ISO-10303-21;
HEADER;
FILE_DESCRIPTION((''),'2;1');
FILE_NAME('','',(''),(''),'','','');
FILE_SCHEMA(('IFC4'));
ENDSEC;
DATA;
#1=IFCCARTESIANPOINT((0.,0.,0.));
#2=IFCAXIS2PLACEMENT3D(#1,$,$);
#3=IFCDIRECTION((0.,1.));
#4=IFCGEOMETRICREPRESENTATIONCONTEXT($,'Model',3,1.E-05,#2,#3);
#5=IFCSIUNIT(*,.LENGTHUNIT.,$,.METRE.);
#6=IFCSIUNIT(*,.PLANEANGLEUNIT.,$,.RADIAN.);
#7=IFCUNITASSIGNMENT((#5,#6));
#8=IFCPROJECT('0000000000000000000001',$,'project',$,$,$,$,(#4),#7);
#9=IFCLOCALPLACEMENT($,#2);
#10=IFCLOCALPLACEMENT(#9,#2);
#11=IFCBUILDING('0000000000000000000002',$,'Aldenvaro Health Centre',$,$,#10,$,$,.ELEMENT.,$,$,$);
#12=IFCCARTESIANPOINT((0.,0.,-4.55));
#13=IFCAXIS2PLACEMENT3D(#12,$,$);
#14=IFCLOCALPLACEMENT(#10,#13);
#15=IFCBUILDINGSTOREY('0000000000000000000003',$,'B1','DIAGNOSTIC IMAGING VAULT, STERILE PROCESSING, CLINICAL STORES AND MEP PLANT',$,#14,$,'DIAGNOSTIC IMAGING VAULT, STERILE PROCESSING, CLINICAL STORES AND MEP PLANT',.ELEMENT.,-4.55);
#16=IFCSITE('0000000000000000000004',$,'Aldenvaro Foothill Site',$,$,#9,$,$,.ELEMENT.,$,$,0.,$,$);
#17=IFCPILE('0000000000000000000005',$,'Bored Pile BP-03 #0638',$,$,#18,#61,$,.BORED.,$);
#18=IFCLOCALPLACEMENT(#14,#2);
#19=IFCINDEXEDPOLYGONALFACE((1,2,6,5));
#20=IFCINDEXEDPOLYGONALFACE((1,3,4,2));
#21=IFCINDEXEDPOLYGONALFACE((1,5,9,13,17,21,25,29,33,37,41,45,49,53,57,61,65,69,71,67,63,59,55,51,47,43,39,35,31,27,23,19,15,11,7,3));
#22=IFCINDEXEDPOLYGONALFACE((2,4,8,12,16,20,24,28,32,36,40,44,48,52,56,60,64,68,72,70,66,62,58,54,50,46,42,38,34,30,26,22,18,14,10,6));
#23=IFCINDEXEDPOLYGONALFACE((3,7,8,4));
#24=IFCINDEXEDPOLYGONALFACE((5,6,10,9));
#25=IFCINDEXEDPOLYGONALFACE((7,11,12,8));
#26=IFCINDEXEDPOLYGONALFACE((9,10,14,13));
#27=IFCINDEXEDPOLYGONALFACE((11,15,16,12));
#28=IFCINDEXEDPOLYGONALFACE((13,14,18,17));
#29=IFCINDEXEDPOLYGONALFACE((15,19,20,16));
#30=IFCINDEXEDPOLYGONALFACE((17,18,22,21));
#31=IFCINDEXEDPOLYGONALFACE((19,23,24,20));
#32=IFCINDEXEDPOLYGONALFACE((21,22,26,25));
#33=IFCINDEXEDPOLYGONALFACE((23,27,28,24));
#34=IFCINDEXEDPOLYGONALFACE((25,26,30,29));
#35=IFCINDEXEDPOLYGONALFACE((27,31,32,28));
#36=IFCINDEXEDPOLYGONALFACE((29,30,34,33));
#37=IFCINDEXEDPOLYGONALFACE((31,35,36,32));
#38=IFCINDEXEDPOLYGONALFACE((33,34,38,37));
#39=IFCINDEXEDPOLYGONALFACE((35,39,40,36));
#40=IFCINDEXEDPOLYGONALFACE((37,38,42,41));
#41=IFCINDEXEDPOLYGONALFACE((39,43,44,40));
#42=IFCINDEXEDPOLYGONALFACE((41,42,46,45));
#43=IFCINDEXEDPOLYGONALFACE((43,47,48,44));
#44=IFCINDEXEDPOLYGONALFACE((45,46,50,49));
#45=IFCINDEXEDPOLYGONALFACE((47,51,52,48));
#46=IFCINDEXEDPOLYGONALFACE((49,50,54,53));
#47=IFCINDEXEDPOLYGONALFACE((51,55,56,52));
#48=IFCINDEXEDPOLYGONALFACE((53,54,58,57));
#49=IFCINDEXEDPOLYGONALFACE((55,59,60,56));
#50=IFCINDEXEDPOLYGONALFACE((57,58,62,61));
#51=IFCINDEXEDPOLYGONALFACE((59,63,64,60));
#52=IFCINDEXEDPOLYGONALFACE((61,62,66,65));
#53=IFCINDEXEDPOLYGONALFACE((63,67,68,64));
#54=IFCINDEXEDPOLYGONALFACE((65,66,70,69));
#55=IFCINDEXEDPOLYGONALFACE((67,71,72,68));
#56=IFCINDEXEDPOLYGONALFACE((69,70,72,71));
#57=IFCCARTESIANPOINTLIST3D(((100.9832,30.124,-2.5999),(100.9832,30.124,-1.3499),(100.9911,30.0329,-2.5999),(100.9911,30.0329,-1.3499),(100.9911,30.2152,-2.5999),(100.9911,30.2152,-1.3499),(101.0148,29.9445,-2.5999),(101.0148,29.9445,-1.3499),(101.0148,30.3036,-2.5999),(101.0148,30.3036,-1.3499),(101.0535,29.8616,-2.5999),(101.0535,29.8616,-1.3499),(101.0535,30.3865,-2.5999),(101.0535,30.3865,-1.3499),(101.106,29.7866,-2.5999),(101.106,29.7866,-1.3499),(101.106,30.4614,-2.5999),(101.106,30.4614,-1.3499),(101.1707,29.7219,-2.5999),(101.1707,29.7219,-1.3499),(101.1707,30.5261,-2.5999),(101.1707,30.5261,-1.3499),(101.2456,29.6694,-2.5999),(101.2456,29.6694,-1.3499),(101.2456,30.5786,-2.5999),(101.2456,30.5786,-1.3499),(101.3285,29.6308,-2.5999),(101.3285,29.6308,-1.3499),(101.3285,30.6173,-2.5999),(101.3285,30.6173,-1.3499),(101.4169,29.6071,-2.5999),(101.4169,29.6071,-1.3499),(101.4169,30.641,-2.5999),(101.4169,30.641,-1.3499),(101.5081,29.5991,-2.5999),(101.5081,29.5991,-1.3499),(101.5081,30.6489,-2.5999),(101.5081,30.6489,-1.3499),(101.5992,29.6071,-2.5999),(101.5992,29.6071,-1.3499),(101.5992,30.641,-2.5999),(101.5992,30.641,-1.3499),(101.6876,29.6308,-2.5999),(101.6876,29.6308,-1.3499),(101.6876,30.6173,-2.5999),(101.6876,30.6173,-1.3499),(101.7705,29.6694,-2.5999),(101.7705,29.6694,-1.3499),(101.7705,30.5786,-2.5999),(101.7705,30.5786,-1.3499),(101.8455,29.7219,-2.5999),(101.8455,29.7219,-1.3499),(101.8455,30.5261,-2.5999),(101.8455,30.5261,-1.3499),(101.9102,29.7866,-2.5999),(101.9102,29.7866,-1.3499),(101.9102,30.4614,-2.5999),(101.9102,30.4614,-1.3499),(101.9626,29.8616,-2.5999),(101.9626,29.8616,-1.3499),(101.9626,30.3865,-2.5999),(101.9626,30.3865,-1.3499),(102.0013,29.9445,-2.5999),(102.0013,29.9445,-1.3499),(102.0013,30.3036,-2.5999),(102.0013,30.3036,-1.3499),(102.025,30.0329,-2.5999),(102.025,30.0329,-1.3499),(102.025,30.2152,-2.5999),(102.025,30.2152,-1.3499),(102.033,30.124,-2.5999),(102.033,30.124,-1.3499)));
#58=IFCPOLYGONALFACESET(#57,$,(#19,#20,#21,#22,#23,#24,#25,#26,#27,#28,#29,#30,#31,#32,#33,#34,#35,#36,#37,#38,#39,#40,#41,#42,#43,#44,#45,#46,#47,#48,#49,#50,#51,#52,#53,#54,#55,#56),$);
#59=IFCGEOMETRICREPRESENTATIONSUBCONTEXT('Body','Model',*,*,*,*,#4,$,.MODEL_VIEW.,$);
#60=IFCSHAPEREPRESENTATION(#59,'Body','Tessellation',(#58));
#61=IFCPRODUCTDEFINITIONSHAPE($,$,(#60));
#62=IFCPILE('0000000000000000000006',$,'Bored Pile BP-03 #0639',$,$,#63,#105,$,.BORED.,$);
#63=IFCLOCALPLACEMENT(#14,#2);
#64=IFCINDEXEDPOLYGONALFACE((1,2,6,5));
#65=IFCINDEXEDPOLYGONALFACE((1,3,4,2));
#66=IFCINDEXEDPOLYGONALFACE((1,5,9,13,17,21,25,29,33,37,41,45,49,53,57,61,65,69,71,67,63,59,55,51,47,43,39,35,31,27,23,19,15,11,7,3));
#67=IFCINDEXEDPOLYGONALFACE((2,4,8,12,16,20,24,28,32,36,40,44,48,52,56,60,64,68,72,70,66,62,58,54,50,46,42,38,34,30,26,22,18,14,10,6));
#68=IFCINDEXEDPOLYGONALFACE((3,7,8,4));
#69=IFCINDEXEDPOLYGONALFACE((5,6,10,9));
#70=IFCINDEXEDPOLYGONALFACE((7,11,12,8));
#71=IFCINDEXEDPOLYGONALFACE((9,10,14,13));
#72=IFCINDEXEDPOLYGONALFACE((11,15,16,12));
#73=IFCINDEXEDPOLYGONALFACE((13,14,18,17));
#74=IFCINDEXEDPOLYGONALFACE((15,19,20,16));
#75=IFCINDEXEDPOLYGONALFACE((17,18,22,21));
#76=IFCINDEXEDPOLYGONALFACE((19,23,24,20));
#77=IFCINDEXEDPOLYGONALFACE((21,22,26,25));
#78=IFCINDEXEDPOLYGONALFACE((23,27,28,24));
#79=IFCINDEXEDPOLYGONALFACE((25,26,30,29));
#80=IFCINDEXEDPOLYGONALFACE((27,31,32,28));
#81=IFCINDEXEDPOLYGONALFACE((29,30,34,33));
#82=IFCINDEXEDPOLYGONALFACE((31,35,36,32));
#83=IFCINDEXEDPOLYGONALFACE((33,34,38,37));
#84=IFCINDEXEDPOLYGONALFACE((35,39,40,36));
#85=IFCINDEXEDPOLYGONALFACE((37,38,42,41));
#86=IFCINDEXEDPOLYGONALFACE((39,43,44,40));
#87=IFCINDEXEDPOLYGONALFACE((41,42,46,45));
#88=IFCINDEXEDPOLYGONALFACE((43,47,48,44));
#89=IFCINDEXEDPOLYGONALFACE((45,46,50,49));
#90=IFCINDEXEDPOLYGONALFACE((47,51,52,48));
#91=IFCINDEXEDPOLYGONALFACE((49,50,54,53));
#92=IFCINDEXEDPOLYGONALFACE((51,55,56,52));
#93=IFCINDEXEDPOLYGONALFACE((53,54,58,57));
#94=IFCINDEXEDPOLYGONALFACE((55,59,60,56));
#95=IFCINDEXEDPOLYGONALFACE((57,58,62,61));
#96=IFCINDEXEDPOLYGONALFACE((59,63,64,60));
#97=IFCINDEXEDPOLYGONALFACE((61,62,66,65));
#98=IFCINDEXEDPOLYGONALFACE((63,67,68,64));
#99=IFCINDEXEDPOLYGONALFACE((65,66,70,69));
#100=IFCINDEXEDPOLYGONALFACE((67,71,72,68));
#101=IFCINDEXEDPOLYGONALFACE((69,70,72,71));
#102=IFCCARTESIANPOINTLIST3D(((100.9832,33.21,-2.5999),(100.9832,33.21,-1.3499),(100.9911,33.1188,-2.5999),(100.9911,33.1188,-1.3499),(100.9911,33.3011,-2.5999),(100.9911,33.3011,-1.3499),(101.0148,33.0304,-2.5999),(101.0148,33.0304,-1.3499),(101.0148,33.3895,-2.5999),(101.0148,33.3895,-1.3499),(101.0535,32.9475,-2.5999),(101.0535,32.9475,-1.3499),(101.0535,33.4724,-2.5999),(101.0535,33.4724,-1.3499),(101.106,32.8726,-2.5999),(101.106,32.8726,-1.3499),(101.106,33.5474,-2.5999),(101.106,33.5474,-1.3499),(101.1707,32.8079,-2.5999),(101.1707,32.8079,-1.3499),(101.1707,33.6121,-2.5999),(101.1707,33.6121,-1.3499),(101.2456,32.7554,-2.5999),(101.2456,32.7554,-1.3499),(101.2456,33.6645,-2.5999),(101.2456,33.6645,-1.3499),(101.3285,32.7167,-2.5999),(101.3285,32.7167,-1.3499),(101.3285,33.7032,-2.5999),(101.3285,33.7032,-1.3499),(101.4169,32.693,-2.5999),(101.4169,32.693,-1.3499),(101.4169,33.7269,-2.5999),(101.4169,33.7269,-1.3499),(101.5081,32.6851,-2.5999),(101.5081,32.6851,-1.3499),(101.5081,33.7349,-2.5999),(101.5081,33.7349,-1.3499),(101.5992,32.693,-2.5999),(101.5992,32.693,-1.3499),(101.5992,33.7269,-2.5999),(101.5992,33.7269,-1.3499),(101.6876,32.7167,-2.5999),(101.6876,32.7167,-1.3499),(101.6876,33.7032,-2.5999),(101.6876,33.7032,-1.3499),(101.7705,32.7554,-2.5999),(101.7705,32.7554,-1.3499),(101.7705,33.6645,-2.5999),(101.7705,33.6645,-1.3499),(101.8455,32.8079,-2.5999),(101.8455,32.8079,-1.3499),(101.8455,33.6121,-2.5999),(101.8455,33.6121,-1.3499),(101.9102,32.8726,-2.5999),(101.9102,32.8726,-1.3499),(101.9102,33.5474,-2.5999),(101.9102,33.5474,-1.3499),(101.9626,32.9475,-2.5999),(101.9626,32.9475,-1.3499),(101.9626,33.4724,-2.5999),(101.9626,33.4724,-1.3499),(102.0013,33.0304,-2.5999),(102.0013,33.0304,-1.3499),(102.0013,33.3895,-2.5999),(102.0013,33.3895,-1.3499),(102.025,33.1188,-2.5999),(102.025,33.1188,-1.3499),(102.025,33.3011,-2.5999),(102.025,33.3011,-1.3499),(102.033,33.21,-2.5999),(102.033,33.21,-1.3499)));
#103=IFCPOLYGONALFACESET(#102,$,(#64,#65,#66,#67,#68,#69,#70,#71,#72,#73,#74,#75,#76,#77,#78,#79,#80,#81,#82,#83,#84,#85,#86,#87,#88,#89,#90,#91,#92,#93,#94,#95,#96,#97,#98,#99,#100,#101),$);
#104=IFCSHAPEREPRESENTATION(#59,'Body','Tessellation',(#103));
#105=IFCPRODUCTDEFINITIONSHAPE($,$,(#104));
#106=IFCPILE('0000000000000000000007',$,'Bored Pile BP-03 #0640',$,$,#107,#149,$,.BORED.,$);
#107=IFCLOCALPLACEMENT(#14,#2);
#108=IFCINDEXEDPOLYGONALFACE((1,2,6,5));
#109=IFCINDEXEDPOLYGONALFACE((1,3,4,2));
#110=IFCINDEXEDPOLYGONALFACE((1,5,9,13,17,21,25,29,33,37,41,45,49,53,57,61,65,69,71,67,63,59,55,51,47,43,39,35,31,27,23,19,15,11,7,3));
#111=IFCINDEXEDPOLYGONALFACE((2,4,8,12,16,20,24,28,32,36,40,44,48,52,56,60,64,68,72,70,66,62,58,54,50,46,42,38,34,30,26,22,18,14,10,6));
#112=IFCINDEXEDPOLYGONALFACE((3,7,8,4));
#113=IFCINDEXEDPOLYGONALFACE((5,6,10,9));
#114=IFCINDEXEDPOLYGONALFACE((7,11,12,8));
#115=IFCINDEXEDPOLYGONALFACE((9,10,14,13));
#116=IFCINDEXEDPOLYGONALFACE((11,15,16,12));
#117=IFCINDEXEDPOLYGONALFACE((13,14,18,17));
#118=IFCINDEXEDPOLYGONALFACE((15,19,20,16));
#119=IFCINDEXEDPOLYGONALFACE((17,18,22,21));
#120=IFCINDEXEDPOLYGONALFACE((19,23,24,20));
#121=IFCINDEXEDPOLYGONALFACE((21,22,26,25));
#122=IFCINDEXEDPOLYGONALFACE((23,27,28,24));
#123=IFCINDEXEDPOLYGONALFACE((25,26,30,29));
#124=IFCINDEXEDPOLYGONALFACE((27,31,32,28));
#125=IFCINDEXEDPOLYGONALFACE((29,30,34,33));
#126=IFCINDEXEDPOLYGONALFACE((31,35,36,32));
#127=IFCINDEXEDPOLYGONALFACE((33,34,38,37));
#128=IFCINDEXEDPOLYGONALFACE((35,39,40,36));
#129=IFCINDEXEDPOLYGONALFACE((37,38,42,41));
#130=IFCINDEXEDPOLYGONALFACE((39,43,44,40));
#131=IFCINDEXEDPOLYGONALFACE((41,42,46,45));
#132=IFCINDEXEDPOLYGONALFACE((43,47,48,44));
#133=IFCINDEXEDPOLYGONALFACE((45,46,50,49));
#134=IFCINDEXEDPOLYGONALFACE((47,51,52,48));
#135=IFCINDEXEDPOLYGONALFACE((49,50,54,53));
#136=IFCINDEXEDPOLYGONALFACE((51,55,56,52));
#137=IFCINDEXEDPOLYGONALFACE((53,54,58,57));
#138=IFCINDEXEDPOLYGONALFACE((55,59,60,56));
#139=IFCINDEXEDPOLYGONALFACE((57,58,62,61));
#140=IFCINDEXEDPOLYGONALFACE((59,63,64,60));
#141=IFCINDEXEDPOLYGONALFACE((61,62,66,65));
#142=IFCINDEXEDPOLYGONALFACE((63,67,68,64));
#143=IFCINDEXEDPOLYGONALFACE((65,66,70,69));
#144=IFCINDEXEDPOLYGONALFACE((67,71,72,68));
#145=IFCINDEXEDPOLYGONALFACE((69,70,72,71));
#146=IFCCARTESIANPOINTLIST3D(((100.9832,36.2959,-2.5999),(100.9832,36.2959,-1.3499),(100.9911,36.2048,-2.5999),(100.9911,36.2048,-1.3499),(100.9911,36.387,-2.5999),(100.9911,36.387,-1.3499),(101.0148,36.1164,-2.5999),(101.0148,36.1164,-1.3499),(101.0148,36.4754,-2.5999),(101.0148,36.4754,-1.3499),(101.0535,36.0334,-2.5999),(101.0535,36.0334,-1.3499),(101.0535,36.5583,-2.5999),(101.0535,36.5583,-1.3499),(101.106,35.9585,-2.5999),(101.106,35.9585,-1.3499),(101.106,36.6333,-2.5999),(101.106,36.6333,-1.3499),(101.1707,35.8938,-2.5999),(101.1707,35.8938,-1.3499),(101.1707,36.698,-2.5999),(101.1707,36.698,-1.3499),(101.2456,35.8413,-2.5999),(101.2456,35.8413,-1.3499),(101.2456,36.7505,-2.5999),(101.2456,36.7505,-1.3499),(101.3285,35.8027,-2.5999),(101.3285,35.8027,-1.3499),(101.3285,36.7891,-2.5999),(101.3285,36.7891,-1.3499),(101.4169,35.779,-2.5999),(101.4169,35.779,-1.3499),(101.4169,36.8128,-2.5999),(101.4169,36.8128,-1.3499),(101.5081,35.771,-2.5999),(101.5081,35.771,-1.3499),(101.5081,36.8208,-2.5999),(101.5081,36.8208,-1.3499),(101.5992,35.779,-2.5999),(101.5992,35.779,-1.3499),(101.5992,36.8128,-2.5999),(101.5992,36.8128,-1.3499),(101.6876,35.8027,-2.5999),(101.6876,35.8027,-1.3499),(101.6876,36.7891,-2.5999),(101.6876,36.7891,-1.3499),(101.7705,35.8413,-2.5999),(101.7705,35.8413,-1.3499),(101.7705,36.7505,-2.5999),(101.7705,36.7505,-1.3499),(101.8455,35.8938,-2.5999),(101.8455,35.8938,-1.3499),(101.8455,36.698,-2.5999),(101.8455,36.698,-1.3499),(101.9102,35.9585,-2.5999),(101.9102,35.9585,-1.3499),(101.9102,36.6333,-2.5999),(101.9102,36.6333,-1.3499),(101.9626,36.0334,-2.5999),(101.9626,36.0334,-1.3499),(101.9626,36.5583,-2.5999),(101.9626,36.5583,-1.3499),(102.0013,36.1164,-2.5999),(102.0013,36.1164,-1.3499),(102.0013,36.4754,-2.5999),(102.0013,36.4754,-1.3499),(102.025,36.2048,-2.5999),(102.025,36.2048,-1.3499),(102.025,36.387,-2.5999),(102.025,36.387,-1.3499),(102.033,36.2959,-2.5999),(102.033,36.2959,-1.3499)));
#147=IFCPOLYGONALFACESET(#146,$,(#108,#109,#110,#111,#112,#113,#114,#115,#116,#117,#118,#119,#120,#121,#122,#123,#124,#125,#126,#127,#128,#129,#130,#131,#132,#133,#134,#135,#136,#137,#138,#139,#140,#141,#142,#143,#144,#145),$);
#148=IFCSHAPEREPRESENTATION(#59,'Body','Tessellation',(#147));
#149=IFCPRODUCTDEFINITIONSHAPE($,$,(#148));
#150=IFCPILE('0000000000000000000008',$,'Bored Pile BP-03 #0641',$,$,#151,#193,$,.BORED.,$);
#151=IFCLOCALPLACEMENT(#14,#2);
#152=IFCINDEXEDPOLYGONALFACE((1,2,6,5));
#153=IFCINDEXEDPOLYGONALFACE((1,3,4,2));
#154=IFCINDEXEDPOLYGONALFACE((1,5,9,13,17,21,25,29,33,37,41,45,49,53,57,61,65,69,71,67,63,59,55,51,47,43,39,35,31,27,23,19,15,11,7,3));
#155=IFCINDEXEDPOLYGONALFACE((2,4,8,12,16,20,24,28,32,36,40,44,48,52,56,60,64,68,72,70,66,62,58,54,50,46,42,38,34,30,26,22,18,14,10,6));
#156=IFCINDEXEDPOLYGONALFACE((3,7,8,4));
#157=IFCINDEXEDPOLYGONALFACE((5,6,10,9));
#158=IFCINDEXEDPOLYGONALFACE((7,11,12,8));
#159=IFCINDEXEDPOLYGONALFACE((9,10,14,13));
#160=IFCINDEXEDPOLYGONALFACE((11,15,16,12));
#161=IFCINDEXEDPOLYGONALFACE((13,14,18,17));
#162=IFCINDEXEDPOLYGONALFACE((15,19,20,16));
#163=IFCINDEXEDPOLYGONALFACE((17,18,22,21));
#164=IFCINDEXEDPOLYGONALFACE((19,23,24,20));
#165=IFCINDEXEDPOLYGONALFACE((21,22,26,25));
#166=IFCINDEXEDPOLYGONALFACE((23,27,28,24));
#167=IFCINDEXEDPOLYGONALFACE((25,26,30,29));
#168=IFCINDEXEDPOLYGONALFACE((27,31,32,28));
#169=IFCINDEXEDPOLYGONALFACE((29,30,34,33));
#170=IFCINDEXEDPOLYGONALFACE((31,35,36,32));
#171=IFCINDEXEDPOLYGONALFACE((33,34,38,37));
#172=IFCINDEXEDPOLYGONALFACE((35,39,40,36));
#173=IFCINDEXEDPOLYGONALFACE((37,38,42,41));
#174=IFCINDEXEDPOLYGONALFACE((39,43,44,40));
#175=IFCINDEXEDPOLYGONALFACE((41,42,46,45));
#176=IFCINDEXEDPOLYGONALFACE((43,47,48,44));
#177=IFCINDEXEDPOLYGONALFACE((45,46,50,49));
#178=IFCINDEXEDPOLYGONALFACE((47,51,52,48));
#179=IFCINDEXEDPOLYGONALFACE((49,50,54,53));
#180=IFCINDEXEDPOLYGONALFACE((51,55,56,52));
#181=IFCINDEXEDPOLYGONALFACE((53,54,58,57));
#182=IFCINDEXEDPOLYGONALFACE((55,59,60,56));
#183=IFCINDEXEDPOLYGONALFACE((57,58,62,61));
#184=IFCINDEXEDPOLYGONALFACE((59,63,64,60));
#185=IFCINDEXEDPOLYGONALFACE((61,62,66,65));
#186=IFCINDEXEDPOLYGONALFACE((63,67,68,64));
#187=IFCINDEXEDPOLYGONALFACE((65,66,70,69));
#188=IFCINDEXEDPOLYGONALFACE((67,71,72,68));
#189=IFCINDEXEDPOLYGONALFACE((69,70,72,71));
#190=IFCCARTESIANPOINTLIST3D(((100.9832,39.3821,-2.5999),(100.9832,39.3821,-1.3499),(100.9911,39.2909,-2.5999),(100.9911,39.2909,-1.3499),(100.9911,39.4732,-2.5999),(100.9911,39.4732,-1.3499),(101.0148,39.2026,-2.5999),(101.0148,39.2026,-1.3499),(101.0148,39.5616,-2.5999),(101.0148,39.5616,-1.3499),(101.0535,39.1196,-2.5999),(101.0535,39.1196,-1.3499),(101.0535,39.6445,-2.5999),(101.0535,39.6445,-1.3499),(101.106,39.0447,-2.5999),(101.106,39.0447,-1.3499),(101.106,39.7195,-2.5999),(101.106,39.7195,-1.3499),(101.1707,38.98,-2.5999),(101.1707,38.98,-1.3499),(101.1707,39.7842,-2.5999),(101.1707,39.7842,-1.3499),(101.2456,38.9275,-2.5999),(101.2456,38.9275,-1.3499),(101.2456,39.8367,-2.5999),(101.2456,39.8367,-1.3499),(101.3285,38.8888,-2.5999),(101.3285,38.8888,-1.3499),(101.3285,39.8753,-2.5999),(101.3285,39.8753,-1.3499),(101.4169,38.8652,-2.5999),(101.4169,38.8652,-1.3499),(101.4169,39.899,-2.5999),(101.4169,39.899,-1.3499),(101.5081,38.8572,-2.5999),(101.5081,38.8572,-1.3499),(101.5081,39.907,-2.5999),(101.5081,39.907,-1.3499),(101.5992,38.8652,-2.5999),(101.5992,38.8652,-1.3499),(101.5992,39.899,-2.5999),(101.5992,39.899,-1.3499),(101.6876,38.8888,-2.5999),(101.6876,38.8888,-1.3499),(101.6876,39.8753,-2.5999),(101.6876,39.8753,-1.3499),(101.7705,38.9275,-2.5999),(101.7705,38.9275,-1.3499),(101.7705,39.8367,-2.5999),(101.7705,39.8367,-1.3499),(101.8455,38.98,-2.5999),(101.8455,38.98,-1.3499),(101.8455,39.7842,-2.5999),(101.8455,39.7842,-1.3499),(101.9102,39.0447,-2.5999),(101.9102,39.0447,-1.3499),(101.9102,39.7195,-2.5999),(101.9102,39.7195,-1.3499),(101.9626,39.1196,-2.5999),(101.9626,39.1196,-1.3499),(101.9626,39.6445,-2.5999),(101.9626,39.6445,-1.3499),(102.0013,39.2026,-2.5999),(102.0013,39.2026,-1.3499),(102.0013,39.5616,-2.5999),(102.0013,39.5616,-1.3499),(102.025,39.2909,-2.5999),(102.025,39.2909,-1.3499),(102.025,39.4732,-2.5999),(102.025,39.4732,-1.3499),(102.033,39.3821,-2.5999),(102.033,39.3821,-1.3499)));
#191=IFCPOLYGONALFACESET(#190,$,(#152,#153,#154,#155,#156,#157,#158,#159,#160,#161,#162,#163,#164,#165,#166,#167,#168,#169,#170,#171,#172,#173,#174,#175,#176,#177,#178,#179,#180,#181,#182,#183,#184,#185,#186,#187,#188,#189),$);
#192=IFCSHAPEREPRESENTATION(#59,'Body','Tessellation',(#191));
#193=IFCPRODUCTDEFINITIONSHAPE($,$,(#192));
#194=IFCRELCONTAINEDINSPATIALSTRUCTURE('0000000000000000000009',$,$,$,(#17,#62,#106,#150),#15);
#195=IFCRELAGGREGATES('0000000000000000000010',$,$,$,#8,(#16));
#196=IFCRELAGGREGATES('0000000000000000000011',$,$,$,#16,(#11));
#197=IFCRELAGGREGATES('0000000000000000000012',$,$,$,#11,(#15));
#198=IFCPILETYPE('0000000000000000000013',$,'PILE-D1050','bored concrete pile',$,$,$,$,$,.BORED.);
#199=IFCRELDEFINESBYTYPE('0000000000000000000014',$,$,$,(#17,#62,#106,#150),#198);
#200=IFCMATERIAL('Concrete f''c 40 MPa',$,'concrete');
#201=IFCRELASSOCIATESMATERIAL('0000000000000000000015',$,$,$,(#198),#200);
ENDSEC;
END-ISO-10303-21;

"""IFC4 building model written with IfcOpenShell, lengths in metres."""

from ifc_helpers import new_model, si_unit, direction, frame, origin, origin_2d, place, context, subcontext, project, spatial, circle, extrude, material, material_profile, profile_set, type_object, element, save


model = new_model("IFC4")

# Units and contexts
model_context = context("Model", 3, precision=1e-05, world=origin(), true_north=direction((0.0, 1.0)))
body_context = subcontext(model_context, "Body", "Model", "MODEL_VIEW")
ifc_project = project(units=[si_unit("LENGTHUNIT", "METRE"), si_unit("PLANEANGLEUNIT", "RADIAN")], contexts=[model_context])

# Site, building, storey
site_placement = place(None, origin())
site = spatial("IfcSite", under=ifc_project, at=site_placement, Name="Aldenvaro Foothill Site", CompositionType="ELEMENT", RefElevation=0.0)
building_placement = place(site_placement, origin())
building = spatial("IfcBuilding", under=site, at=building_placement, Name="Aldenvaro Health Centre", CompositionType="ELEMENT")
storey_placement = place(building_placement, frame((0.0, 0.0, -4.55)))
storey = spatial("IfcBuildingStorey", under=building, at=storey_placement, Name="B1", Description="DIAGNOSTIC IMAGING VAULT, STERILE PROCESSING, CLINICAL STORES AND MEP PLANT", LongName="DIAGNOSTIC IMAGING VAULT, STERILE PROCESSING, CLINICAL STORES AND MEP PLANT", CompositionType="ELEMENT", Elevation=-4.55)

# Piles
ifc_material = material(Name="Concrete f'c 40 MPa", Category="concrete")
ifc_material_profile_1 = material_profile(ifc_material, circle(Radius=0.5249, at=origin_2d()), Name="PILE D1050", Category="concrete")
ifc_profile_set_1 = profile_set([ifc_material_profile_1], Name="Concrete f'c 40 MPa")
pile_type = type_object("IfcPileType", Name="PILE-D1050", Description="bored concrete pile", PredefinedType="BORED", material=ifc_profile_set_1)
for number, where, z_axis, x_axis, name in (
    (1, (101.5081, 30.124, -1.3499), (0.0, 0.0, -1.0), (1.0, 0.0, 0.0), "Bored Pile BP-03 #0638"),
    (2, (101.5081, 33.21, -1.3499), (0.0, 0.0, -1.0), (1.0, 0.0, 0.0), "Bored Pile BP-03 #0639"),
    (3, (101.5081, 36.2959, -1.3499), (0.0, 0.0, -1.0), (1.0, 0.0, 0.0), "Bored Pile BP-03 #0640"),
    (4, (101.5081, 39.3821, -1.3499), (0.0, 0.0, -1.0), (1.0, 0.0, 0.0), "Bored Pile BP-03 #0641"),
):
    element("IfcPile", number, at=place(storey_placement, frame(where, z_axis=z_axis, x_axis=x_axis)), inside=storey, type_object=pile_type, Name=name, PredefinedType="BORED", context=body_context, shape_type="SweptSolid", body=[
        extrude(circle(Radius=0.5249, at=origin_2d()), origin(), (0.0, 0.0, 1.0), 1.25),
    ])

save(model, "model.ifc")
